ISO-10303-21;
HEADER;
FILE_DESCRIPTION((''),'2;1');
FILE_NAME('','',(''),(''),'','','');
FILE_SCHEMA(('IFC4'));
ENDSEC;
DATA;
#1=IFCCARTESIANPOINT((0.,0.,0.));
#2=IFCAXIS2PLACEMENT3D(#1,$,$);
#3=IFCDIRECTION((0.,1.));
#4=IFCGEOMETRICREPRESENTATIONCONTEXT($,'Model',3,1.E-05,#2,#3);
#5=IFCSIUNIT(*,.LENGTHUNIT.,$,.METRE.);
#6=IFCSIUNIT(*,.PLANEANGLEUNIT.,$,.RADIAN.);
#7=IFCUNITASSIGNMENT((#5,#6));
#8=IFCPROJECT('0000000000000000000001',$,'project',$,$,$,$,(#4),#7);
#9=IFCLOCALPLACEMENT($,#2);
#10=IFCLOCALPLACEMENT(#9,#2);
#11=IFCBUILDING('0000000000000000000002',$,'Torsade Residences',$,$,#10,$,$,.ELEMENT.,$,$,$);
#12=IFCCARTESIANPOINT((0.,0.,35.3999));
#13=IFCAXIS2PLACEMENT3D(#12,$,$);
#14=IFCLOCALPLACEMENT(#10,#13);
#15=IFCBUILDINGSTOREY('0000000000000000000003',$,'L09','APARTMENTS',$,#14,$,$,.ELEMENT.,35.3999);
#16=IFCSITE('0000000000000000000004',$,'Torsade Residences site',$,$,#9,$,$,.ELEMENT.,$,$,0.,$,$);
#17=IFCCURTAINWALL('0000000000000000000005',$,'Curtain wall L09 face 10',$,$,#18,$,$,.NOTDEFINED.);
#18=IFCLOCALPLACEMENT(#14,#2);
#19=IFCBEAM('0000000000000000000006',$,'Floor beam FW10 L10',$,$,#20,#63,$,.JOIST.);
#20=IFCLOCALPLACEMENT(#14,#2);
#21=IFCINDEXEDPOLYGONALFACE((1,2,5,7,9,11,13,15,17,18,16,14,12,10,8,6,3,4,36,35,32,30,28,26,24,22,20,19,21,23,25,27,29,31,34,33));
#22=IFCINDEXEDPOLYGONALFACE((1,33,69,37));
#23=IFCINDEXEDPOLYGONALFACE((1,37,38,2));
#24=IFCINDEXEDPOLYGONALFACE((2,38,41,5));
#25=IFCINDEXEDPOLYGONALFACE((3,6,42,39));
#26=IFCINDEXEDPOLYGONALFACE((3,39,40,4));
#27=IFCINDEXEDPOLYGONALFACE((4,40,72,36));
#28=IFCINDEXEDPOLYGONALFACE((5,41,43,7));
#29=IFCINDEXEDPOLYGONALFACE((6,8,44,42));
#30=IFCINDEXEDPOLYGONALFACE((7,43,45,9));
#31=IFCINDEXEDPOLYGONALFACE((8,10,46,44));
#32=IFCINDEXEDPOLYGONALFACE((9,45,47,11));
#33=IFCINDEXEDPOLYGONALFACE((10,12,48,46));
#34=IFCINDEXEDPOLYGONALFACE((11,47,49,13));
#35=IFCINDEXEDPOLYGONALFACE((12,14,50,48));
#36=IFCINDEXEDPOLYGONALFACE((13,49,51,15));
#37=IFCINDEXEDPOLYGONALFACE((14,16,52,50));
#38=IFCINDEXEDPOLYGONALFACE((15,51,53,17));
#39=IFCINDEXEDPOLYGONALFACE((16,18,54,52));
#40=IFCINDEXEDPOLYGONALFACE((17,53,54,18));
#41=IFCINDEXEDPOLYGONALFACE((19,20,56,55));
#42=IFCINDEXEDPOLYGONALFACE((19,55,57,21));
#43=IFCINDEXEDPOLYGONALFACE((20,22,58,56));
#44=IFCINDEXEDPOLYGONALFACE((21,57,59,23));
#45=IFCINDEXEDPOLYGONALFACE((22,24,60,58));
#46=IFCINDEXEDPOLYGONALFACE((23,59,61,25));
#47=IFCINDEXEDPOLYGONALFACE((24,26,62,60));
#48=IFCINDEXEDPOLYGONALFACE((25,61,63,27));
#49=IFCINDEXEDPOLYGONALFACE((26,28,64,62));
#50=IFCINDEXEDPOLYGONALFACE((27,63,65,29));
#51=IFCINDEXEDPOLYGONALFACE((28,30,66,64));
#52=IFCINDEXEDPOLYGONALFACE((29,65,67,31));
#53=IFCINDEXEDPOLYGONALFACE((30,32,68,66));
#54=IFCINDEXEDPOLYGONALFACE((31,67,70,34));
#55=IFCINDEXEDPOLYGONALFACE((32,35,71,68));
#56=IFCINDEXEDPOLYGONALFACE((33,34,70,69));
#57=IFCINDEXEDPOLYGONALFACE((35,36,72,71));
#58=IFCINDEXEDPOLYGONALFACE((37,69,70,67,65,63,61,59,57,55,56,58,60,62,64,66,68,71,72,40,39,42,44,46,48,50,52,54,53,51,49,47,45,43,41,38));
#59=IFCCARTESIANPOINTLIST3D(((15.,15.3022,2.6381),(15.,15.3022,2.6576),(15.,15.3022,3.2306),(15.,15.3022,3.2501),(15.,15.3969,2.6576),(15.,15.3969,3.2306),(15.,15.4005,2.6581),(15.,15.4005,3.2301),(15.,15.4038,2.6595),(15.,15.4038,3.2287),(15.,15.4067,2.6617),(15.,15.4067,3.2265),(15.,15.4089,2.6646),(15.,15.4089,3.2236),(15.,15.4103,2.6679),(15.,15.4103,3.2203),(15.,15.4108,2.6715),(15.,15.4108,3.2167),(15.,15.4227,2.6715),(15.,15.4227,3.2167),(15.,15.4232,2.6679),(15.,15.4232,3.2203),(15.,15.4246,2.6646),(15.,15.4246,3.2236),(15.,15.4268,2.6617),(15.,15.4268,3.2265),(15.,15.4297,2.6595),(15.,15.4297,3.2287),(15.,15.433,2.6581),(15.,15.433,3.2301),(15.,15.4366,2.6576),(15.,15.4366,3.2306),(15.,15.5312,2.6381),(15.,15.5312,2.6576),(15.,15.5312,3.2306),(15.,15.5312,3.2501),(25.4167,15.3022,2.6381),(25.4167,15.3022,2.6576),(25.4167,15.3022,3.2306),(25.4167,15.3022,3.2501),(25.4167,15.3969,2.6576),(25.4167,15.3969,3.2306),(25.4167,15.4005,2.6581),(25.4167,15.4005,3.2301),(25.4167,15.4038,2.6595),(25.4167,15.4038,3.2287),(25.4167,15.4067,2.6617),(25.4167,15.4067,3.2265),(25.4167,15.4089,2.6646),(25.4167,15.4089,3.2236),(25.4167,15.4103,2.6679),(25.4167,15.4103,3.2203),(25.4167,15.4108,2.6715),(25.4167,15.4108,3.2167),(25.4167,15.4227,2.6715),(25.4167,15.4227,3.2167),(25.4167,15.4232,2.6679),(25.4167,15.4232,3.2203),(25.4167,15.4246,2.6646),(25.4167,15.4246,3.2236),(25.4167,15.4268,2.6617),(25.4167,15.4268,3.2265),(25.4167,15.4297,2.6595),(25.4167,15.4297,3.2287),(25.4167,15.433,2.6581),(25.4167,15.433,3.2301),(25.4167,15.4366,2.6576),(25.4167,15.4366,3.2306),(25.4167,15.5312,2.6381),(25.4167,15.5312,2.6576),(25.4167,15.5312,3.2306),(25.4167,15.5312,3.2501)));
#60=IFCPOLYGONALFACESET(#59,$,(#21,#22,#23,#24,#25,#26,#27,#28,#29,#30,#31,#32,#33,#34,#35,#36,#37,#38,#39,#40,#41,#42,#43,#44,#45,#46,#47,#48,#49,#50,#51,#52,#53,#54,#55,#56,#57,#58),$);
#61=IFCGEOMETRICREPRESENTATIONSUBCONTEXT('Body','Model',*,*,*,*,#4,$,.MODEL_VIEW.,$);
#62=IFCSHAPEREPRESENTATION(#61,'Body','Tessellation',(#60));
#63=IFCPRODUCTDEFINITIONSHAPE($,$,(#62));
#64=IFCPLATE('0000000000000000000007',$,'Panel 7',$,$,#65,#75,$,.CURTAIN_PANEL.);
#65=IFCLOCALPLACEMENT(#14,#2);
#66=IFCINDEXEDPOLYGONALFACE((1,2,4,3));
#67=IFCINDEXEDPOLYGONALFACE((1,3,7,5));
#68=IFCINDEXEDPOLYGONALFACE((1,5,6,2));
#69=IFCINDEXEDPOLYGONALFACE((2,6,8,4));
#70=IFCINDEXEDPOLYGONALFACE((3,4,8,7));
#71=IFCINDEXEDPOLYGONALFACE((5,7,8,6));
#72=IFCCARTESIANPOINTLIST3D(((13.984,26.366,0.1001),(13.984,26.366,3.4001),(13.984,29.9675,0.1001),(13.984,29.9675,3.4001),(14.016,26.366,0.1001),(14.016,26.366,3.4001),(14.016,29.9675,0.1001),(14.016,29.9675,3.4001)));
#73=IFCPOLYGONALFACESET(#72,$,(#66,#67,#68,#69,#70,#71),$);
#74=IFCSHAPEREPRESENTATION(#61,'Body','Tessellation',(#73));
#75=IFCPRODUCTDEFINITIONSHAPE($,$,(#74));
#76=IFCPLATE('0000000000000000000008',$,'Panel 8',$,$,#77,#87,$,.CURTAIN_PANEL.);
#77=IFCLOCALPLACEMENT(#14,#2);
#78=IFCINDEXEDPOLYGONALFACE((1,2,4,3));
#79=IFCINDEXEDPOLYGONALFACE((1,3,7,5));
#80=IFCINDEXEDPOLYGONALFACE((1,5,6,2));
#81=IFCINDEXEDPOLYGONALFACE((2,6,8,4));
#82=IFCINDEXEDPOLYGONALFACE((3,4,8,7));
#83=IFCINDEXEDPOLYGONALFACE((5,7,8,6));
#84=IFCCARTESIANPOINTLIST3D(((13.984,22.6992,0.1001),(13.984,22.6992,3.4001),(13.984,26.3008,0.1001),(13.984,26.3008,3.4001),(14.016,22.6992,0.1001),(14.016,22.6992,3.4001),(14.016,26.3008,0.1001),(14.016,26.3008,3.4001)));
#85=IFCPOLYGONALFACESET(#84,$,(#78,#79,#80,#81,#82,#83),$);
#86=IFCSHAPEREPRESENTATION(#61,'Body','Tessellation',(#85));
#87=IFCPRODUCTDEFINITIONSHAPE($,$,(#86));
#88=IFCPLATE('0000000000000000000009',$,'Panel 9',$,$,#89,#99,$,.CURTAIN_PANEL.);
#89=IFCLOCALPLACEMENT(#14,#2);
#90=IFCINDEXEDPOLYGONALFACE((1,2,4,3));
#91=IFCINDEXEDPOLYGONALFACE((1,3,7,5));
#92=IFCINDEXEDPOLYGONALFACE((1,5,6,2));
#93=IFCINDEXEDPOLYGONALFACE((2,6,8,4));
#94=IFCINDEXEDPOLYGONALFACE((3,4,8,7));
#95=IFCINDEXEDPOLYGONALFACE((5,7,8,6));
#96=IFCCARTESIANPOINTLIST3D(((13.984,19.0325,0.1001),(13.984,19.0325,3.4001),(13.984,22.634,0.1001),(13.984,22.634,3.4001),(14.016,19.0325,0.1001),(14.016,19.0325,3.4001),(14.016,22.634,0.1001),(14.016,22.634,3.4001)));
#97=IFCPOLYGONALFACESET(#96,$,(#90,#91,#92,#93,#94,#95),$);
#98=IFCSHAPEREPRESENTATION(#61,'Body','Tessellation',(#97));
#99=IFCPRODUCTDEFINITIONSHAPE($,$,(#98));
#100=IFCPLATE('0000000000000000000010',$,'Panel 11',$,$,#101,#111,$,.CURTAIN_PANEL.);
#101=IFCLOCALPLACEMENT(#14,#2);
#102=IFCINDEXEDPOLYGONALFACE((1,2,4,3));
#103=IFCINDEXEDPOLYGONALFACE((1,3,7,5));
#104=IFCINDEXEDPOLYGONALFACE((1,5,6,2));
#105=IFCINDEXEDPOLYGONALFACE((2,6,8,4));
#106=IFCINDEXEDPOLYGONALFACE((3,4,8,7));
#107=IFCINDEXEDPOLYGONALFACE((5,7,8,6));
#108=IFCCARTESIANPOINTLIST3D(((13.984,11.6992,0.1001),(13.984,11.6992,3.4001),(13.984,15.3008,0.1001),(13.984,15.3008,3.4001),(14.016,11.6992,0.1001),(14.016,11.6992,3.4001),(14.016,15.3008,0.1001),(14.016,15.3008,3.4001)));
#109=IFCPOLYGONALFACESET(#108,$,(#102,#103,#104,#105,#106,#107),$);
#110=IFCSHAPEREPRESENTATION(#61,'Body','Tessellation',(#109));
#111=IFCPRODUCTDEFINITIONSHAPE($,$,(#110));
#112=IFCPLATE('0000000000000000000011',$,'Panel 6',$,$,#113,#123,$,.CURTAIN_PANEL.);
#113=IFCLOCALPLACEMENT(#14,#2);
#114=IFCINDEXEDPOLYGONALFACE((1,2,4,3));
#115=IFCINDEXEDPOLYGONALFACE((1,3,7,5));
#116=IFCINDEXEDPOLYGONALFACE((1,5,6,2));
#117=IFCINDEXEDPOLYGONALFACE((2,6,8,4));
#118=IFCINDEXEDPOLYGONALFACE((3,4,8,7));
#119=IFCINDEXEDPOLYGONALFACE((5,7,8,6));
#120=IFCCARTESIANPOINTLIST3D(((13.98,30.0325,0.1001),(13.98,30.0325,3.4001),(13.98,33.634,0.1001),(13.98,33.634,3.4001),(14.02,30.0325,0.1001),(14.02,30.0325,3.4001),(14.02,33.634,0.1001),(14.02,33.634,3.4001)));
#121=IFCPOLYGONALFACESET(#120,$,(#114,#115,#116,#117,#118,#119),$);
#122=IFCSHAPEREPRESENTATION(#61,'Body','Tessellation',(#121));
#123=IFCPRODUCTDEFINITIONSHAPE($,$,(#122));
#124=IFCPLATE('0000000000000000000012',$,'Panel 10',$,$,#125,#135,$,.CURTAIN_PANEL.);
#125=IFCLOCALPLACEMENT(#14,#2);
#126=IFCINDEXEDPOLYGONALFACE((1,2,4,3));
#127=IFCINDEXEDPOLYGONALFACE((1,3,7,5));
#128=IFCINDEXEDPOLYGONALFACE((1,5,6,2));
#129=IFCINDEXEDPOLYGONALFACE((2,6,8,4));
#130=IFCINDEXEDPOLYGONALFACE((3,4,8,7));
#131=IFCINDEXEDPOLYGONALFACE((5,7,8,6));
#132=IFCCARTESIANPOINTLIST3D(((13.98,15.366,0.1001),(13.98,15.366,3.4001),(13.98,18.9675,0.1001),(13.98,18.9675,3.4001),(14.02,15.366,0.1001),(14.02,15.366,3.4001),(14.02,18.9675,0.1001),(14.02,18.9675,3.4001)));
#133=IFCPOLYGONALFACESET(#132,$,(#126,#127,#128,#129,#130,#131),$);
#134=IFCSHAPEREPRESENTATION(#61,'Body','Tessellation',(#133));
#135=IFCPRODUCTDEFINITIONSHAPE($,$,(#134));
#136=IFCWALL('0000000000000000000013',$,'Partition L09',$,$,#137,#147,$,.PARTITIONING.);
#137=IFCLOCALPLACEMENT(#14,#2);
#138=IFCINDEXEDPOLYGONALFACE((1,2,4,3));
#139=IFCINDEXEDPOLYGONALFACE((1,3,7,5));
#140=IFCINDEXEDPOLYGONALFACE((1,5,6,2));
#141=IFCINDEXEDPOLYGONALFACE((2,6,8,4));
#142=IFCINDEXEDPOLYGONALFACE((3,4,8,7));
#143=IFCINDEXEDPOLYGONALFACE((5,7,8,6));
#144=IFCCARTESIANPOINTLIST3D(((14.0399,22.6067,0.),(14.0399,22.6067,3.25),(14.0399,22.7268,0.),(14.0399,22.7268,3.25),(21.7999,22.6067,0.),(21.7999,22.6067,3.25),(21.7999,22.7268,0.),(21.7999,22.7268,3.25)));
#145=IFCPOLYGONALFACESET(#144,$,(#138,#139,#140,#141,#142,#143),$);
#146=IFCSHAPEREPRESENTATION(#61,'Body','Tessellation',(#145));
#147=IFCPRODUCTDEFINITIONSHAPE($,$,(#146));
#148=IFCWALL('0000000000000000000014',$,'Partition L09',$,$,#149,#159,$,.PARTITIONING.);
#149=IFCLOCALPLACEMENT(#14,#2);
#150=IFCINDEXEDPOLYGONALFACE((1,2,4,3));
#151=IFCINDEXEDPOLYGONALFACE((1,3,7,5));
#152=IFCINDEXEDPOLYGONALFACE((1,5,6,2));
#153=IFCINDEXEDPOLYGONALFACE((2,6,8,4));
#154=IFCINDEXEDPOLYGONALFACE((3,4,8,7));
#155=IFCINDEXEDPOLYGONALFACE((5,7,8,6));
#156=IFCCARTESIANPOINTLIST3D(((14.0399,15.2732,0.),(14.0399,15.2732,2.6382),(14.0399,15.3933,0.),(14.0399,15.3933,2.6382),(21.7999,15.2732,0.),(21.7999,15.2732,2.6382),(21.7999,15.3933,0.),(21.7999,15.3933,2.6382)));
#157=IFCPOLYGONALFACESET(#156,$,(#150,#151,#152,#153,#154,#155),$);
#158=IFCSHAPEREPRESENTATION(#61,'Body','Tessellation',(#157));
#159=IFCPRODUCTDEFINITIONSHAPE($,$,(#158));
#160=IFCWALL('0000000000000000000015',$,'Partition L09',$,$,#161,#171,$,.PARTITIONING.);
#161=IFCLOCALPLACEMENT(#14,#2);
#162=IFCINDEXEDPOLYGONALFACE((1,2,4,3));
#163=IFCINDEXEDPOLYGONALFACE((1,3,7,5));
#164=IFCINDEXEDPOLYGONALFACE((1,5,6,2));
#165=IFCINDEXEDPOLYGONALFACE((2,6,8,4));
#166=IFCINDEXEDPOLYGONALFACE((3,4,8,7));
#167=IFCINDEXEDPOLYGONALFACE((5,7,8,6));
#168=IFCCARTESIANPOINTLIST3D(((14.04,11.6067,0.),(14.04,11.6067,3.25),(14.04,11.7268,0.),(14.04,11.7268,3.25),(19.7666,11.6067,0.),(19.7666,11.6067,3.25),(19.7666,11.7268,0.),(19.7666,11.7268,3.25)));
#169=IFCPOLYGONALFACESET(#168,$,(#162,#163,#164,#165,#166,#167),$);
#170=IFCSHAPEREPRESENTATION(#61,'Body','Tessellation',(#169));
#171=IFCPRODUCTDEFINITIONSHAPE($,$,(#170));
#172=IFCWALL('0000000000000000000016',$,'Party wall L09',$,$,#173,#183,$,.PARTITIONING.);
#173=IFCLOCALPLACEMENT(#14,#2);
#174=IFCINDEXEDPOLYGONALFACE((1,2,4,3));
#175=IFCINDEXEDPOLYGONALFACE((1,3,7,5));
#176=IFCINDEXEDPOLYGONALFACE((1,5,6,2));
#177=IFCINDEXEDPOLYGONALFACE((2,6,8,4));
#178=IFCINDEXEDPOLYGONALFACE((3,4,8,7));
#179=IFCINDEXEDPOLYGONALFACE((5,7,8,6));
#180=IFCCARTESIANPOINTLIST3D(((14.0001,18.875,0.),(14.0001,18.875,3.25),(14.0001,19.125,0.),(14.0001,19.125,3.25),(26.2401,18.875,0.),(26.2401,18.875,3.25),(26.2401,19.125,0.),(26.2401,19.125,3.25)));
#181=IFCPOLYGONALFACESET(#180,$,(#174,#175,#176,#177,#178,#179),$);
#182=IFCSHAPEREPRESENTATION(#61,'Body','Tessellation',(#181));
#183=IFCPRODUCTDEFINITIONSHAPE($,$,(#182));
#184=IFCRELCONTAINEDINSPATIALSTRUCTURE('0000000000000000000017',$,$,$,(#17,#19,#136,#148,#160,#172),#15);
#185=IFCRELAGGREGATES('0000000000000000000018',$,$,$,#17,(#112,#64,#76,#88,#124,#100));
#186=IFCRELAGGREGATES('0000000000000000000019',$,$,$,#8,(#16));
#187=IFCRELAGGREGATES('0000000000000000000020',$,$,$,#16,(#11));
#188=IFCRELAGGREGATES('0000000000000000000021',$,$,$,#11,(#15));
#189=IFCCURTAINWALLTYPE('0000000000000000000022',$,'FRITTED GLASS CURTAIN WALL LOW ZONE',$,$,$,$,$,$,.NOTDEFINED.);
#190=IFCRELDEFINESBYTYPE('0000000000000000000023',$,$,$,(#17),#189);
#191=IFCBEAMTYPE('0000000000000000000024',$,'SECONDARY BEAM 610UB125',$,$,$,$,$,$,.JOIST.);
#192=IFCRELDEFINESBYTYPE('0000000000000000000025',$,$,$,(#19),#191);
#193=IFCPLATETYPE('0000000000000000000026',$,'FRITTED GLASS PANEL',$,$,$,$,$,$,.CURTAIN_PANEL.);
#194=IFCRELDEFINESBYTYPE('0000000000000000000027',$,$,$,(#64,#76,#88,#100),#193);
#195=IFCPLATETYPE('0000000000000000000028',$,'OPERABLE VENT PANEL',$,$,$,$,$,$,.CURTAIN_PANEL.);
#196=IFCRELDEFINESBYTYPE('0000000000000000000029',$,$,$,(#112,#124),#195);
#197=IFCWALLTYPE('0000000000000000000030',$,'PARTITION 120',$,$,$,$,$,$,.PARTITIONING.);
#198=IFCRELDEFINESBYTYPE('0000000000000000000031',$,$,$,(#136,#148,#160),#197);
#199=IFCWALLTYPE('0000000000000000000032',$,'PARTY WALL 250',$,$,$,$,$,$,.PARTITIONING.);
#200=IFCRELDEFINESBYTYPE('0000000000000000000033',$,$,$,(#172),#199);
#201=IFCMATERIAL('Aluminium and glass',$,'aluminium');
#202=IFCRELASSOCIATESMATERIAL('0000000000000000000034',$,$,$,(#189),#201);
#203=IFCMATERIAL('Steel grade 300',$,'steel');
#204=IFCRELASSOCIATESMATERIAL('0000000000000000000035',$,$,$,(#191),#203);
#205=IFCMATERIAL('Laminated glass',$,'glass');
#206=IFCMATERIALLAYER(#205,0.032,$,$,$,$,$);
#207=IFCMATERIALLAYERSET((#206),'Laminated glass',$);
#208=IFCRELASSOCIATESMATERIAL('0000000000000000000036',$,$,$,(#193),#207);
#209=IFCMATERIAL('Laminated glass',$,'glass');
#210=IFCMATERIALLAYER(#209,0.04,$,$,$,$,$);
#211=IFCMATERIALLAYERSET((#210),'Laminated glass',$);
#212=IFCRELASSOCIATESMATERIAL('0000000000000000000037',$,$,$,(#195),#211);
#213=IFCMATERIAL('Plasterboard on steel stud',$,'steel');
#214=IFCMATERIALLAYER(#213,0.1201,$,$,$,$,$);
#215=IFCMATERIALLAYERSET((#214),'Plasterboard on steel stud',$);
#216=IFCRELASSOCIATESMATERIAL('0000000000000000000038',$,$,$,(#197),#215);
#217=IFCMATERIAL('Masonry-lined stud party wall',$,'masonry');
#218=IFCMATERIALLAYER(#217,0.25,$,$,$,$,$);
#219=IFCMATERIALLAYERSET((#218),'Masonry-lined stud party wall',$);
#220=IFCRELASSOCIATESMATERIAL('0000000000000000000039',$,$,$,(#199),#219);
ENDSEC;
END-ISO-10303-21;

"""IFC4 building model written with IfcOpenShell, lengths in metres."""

from ifc_helpers import new_model, si_unit, direction, frame, frame_2d, origin, origin_2d, place, context, subcontext, project, spatial, rectangle, i_section, extrude, material, layer, layer_set, material_profile, profile_set, type_object, element, aggregate, save


model = new_model("IFC4")

# Units and contexts
model_context = context("Model", 3, precision=1e-05, world=origin(), true_north=direction((0.0, 1.0)))
body_context = subcontext(model_context, "Body", "Model", "MODEL_VIEW")
ifc_project = project(units=[si_unit("LENGTHUNIT", "METRE"), si_unit("PLANEANGLEUNIT", "RADIAN")], contexts=[model_context])

# Site, building, storey
site_placement = place(None, origin())
site = spatial("IfcSite", under=ifc_project, at=site_placement, Name="Torsade Residences site", CompositionType="ELEMENT", RefElevation=0.0)
building_placement = place(site_placement, origin())
building = spatial("IfcBuilding", under=site, at=building_placement, Name="Torsade Residences", CompositionType="ELEMENT")
storey_placement = place(building_placement, frame((0.0, 0.0, 35.3999)))
storey = spatial("IfcBuildingStorey", under=building, at=storey_placement, Name="L09", Description="APARTMENTS", CompositionType="ELEMENT", Elevation=35.3999)

# Curtain wall
ifc_material_1 = material(Name="Aluminium and glass", Category="aluminium")
curtain_wall_type = type_object("IfcCurtainWallType", Name="FRITTED GLASS CURTAIN WALL LOW ZONE", PredefinedType="NOTDEFINED", material=ifc_material_1)
curtain_wall_placement = place(storey_placement, origin())
curtain_wall = element("IfcCurtainWall", 1, at=curtain_wall_placement, inside=storey, type_object=curtain_wall_type, Name="Curtain wall L09 face 10", PredefinedType="NOTDEFINED")

# Beam
ifc_material_2 = material(Name="Steel grade 300", Category="steel")
ifc_material_profile_1 = material_profile(ifc_material_2, i_section(OverallWidth=0.229, OverallDepth=0.6121, WebThickness=0.012, FlangeThickness=0.0195, FilletRadius=0.0139, at=origin_2d()), Name="610UB125")
ifc_profile_set_1 = profile_set([ifc_material_profile_1], Name="Steel grade 300")
beam_type_1 = type_object("IfcBeamType", Name="SECONDARY BEAM 610UB125", PredefinedType="JOIST", material=ifc_profile_set_1)
beam_1_placement = place(storey_placement, frame((15.0, 15.4167, 2.9441), z_axis=(1.0, 0.0, 0.0), x_axis=(0.0, 1.0, 0.0)))
element("IfcBeam", 2, at=beam_1_placement, inside=storey, type_object=beam_type_1, Name="Floor beam FW10 L10", PredefinedType="JOIST", context=body_context, shape_type="SweptSolid", body=[
    extrude(i_section(OverallWidth=0.229, OverallDepth=0.6121, WebThickness=0.012, FlangeThickness=0.0195, FilletRadius=0.0139, at=origin_2d()), origin(), (0.0, 0.0, 1.0), 10.4167),
])

# Plates
ifc_material_3 = material(Name="Laminated glass", Category="glass")
ifc_layer_1 = layer(ifc_material_3, 0.032)
ifc_layer_set_1 = layer_set([ifc_layer_1], Name="Laminated glass")
plate_type_1 = type_object("IfcPlateType", Name="FRITTED GLASS PANEL", PredefinedType="CURTAIN_PANEL", material=ifc_layer_set_1)
plate_1_placement = place(storey_placement, frame((14.0, 28.1667, 0.1001), z_axis=(0.0, 0.0, 1.0), x_axis=(0.0, -1.0, 0.0)))
plate_1 = element("IfcPlate", 3, at=plate_1_placement, type_object=plate_type_1, Name="Panel 7", PredefinedType="CURTAIN_PANEL", context=body_context, shape_type="SweptSolid", body=[
    extrude(rectangle(XDim=3.6016, YDim=0.032, at=origin_2d()), origin(), (0.0, 0.0, 1.0), 3.3),
])
plate_2_placement = place(storey_placement, frame((14.0, 24.5, 0.1001), z_axis=(0.0, 0.0, 1.0), x_axis=(0.0, -1.0, 0.0)))
plate_2 = element("IfcPlate", 4, at=plate_2_placement, type_object=plate_type_1, Name="Panel 8", PredefinedType="CURTAIN_PANEL", context=body_context, shape_type="SweptSolid", body=[
    extrude(rectangle(XDim=3.6016, YDim=0.032, at=origin_2d()), origin(), (0.0, 0.0, 1.0), 3.3),
])
plate_3_placement = place(storey_placement, frame((14.0, 20.8333, 0.1001), z_axis=(0.0, 0.0, 1.0), x_axis=(0.0, -1.0, 0.0)))
plate_3 = element("IfcPlate", 5, at=plate_3_placement, type_object=plate_type_1, Name="Panel 9", PredefinedType="CURTAIN_PANEL", context=body_context, shape_type="SweptSolid", body=[
    extrude(rectangle(XDim=3.6016, YDim=0.032, at=origin_2d()), origin(), (0.0, 0.0, 1.0), 3.3),
])
plate_4_placement = place(storey_placement, frame((14.0, 13.5, 0.1001), z_axis=(0.0, 0.0, 1.0), x_axis=(0.0, -1.0, 0.0)))
plate_4 = element("IfcPlate", 6, at=plate_4_placement, type_object=plate_type_1, Name="Panel 11", PredefinedType="CURTAIN_PANEL", context=body_context, shape_type="SweptSolid", body=[
    extrude(rectangle(XDim=3.6016, YDim=0.032, at=origin_2d()), origin(), (0.0, 0.0, 1.0), 3.3),
])
ifc_material_4 = material(Name="Laminated glass", Category="glass")
ifc_layer_2 = layer(ifc_material_4, 0.04)
ifc_layer_set_2 = layer_set([ifc_layer_2], Name="Laminated glass")
plate_type_2 = type_object("IfcPlateType", Name="OPERABLE VENT PANEL", PredefinedType="CURTAIN_PANEL", material=ifc_layer_set_2)
plate_5_placement = place(storey_placement, frame((14.0, 31.8333, 0.1001), z_axis=(0.0, 0.0, 1.0), x_axis=(0.0, -1.0, 0.0)))
plate_5 = element("IfcPlate", 7, at=plate_5_placement, type_object=plate_type_2, Name="Panel 6", PredefinedType="CURTAIN_PANEL", context=body_context, shape_type="SweptSolid", body=[
    extrude(rectangle(XDim=3.6016, YDim=0.04, at=origin_2d()), origin(), (0.0, 0.0, 1.0), 3.3),
])
plate_6_placement = place(storey_placement, frame((14.0, 17.1667, 0.1001), z_axis=(0.0, 0.0, 1.0), x_axis=(0.0, -1.0, 0.0)))
plate_6 = element("IfcPlate", 8, at=plate_6_placement, type_object=plate_type_2, Name="Panel 10", PredefinedType="CURTAIN_PANEL", context=body_context, shape_type="SweptSolid", body=[
    extrude(rectangle(XDim=3.6016, YDim=0.04, at=origin_2d()), origin(), (0.0, 0.0, 1.0), 3.3),
])
aggregate(curtain_wall, [plate_5, plate_1, plate_2, plate_3, plate_6, plate_4])

# Walls
ifc_material_5 = material(Name="Plasterboard on steel stud", Category="steel")
ifc_layer_3 = layer(ifc_material_5, 0.1201)
ifc_layer_set_3 = layer_set([ifc_layer_3], Name="Plasterboard on steel stud")
wall_type_1 = type_object("IfcWallType", Name="PARTITION 120", PredefinedType="PARTITIONING", material=ifc_layer_set_3)
wall_1_placement = place(storey_placement, frame((14.04, 22.6667, 0.0), z_axis=(0.0, 0.0, 1.0), x_axis=(1.0, 0.0, 0.0)))
element("IfcWall", 9, at=wall_1_placement, inside=storey, type_object=wall_type_1, Name="Partition L09", PredefinedType="PARTITIONING", context=body_context, shape_type="SweptSolid", body=[
    extrude(rectangle(XDim=7.76, YDim=0.1201, at=frame_2d((3.8799, 0.0))), origin(), (0.0, 0.0, 1.0), 3.25),
])
wall_2_placement = place(storey_placement, frame((14.04, 15.3333, 0.0), z_axis=(0.0, 0.0, 1.0), x_axis=(1.0, 0.0, 0.0)))
element("IfcWall", 10, at=wall_2_placement, inside=storey, type_object=wall_type_1, Name="Partition L09", PredefinedType="PARTITIONING", context=body_context, shape_type="SweptSolid", body=[
    extrude(rectangle(XDim=7.76, YDim=0.1201, at=frame_2d((3.8799, 0.0))), origin(), (0.0, 0.0, 1.0), 2.6382),
])
wall_3_placement = place(storey_placement, frame((14.04, 11.6667, 0.0), z_axis=(0.0, 0.0, 1.0), x_axis=(1.0, 0.0, 0.0)))
element("IfcWall", 11, at=wall_3_placement, inside=storey, type_object=wall_type_1, Name="Partition L09", PredefinedType="PARTITIONING", context=body_context, shape_type="SweptSolid", body=[
    extrude(rectangle(XDim=5.7266, YDim=0.1201, at=frame_2d((2.8633, 0.0))), origin(), (0.0, 0.0, 1.0), 3.25),
])
ifc_material_6 = material(Name="Masonry-lined stud party wall", Category="masonry")
ifc_layer_4 = layer(ifc_material_6, 0.25)
ifc_layer_set_4 = layer_set([ifc_layer_4], Name="Masonry-lined stud party wall")
wall_type_2 = type_object("IfcWallType", Name="PARTY WALL 250", PredefinedType="PARTITIONING", material=ifc_layer_set_4)
wall_4_placement = place(storey_placement, frame((14.0, 19.0, 0.0), z_axis=(0.0, 0.0, 1.0), x_axis=(1.0, 0.0, 0.0)))
element("IfcWall", 12, at=wall_4_placement, inside=storey, type_object=wall_type_2, Name="Party wall L09", PredefinedType="PARTITIONING", context=body_context, shape_type="SweptSolid", body=[
    extrude(rectangle(XDim=12.24, YDim=0.25, at=frame_2d((6.1201, 0.0))), origin(), (0.0, 0.0, 1.0), 3.25),
])

save(model, "model.ifc")
